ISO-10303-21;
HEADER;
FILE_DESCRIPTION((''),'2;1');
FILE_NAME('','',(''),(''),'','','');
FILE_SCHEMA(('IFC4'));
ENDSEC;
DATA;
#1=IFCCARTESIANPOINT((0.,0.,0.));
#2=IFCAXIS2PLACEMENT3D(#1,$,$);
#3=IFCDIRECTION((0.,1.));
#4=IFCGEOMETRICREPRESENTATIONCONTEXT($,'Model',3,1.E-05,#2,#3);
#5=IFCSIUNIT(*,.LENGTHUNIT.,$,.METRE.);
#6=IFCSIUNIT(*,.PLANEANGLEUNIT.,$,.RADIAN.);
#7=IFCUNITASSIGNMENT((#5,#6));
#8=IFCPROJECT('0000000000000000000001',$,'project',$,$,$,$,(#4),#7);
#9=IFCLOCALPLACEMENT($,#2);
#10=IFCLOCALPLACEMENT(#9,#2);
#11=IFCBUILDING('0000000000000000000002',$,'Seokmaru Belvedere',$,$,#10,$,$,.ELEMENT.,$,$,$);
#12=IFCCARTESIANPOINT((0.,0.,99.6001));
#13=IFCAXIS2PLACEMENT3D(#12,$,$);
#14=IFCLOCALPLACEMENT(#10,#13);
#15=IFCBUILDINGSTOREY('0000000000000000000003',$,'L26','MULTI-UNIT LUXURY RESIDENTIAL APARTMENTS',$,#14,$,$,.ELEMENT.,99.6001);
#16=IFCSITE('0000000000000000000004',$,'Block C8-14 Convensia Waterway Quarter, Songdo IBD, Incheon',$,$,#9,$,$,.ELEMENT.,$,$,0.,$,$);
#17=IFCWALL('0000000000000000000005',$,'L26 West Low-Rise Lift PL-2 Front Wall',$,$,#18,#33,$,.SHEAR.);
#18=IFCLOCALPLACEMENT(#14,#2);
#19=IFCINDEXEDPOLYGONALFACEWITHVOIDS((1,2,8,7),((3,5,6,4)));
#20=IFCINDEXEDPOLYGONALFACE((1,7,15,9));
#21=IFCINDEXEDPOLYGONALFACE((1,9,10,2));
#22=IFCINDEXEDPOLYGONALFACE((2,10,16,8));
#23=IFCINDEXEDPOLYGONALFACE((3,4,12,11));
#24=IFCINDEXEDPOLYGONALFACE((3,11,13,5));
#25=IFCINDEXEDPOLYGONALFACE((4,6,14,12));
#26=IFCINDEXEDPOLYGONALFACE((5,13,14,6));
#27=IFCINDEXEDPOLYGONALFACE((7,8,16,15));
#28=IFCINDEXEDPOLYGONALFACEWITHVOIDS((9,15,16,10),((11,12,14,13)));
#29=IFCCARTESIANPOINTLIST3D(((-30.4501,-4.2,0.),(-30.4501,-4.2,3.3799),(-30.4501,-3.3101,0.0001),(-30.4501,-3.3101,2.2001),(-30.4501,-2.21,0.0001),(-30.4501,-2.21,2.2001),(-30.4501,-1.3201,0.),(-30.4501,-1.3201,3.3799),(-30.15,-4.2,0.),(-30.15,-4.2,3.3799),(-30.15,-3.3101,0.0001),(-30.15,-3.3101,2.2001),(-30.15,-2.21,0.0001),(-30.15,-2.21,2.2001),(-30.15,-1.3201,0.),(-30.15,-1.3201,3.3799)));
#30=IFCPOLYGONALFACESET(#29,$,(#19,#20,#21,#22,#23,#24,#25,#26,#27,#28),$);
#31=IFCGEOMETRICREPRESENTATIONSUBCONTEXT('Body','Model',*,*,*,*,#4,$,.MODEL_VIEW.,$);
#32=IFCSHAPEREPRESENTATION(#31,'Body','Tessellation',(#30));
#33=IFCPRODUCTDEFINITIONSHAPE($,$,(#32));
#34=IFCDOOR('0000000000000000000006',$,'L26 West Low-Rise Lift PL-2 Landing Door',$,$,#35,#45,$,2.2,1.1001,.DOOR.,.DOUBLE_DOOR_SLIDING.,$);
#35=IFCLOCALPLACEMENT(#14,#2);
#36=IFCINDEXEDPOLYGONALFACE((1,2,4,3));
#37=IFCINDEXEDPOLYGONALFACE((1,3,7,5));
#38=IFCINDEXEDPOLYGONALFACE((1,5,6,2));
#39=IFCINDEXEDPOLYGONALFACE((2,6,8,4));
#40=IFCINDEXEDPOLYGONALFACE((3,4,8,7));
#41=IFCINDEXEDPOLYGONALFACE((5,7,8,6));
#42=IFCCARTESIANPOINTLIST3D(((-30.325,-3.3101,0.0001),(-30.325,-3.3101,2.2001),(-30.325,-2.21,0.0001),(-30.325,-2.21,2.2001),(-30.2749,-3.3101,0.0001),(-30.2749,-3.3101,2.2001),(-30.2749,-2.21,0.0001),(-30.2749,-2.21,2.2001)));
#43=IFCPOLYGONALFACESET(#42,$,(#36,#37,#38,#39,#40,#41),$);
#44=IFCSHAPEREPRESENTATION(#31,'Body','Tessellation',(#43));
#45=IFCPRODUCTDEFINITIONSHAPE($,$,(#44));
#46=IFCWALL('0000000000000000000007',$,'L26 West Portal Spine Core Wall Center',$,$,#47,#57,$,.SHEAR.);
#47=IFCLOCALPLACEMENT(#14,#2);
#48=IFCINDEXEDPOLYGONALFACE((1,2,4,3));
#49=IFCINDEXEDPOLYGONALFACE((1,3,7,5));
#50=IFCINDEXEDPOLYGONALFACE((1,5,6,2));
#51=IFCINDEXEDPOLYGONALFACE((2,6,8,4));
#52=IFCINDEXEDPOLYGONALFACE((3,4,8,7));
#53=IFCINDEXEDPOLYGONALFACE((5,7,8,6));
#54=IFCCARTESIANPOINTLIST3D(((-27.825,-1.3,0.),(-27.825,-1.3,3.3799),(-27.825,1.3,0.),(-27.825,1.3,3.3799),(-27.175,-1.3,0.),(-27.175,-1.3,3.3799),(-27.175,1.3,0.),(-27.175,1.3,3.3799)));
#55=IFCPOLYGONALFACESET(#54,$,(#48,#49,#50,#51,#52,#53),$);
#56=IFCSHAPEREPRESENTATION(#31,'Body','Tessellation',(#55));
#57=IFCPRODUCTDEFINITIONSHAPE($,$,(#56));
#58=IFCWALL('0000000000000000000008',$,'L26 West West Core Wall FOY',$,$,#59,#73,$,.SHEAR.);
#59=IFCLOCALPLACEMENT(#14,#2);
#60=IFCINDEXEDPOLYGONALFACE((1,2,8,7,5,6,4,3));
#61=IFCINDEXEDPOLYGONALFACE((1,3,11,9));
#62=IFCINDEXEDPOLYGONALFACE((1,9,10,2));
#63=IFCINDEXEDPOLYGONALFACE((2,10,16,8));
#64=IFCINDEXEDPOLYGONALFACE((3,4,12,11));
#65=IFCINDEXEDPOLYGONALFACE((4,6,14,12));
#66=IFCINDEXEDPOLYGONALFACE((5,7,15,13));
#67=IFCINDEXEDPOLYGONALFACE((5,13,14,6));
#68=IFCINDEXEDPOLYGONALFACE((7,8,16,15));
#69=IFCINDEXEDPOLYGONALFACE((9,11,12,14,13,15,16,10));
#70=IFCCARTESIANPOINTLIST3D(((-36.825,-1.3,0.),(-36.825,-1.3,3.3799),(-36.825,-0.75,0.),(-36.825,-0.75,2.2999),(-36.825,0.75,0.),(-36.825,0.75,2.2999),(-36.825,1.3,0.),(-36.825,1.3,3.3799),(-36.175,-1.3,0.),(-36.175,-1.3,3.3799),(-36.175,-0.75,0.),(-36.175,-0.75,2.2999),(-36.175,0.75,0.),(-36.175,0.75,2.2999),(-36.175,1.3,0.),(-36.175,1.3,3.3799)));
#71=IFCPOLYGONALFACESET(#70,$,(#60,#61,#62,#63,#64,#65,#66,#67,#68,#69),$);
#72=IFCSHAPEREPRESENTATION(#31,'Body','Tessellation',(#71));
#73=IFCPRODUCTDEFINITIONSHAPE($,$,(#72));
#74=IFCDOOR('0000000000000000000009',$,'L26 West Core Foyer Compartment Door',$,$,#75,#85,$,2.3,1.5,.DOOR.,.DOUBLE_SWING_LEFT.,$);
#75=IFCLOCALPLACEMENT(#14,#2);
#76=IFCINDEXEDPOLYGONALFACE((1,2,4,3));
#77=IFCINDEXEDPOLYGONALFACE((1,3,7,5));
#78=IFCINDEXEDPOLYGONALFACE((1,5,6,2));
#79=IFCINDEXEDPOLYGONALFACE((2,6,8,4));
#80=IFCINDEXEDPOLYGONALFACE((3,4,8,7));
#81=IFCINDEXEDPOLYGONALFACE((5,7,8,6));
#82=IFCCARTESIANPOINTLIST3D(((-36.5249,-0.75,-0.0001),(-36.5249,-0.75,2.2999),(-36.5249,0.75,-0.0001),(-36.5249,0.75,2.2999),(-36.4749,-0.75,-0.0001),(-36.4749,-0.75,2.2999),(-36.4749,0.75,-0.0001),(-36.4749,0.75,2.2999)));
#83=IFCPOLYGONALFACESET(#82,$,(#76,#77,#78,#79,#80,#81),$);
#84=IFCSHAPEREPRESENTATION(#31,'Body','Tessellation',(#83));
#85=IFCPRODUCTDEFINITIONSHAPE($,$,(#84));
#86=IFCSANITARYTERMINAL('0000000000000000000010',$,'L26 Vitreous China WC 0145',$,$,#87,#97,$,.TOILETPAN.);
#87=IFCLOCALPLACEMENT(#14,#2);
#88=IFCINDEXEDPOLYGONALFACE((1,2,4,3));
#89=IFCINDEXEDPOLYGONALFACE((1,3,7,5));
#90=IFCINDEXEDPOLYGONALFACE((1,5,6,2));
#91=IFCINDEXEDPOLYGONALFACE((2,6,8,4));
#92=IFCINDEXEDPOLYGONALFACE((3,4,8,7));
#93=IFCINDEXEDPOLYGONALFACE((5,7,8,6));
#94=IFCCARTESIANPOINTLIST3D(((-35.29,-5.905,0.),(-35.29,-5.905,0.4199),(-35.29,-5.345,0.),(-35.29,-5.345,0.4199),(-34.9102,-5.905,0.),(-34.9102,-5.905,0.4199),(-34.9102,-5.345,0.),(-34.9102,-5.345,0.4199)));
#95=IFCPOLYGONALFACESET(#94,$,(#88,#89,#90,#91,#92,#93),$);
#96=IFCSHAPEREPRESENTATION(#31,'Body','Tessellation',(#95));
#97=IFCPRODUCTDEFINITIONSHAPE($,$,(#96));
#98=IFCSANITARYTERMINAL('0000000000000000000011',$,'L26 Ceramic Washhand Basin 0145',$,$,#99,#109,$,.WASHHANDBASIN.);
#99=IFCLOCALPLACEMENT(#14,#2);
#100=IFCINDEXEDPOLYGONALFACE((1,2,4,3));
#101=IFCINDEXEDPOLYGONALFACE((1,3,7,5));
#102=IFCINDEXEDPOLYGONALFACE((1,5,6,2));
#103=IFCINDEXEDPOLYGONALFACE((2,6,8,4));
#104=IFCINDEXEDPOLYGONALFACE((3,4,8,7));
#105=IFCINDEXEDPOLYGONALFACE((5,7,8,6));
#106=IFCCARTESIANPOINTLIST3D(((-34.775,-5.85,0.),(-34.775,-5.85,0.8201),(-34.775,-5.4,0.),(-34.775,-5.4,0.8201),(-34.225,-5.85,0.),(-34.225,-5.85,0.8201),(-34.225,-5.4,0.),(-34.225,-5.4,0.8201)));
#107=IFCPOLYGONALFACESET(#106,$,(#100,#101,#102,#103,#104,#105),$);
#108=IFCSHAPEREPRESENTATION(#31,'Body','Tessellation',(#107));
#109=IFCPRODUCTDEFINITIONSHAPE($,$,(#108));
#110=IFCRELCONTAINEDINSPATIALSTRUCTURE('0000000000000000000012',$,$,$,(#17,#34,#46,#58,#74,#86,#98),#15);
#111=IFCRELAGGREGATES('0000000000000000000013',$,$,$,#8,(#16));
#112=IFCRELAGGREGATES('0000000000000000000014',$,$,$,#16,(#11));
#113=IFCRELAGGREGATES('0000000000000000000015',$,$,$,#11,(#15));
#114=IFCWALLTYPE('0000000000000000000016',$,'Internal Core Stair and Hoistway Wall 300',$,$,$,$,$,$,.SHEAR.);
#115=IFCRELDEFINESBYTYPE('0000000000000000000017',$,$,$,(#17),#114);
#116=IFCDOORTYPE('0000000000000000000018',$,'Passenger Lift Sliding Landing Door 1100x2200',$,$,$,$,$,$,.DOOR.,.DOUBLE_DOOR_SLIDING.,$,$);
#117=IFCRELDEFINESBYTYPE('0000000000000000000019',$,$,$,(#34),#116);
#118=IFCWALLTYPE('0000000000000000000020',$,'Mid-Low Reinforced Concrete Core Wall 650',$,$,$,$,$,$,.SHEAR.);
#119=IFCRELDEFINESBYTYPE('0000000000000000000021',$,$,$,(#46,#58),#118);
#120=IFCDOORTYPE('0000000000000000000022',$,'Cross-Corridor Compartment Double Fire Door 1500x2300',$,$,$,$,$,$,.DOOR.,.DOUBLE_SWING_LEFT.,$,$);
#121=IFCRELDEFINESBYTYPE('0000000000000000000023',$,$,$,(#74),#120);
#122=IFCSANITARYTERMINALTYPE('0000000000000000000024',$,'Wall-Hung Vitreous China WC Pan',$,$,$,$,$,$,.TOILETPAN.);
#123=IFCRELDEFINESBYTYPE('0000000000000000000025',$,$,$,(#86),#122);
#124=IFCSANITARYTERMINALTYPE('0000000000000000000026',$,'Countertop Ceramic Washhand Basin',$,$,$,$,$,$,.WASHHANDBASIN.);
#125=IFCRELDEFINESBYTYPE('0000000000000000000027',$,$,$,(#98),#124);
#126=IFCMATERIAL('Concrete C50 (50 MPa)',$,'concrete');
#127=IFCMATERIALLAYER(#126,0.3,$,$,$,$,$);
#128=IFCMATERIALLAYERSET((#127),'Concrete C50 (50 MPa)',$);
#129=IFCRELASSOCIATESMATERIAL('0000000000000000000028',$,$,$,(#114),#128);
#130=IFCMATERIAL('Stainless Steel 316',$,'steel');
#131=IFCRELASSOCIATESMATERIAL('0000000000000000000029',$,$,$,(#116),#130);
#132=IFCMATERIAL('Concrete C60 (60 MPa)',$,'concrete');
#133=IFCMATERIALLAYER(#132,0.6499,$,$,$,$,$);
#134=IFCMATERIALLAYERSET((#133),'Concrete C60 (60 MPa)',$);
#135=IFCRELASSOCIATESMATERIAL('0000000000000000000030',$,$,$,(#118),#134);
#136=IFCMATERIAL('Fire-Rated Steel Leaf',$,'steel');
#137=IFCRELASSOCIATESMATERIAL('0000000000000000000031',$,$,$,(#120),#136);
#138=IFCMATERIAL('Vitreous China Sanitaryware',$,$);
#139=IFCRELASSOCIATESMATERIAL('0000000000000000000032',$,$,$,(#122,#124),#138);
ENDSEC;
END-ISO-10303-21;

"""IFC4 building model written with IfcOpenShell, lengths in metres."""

from ifc_helpers import new_model, si_unit, direction, frame, frame_2d, origin, origin_2d, place, context, subcontext, project, spatial, rectangle, extrude, source, transform, mapped, material, layer, layer_set, type_object, type_shapes, element, fill, save


model = new_model("IFC4")

# Units and contexts
model_context = context("Model", 3, precision=1e-05, world=origin(), true_north=direction((0.0, 1.0)))
body_context = subcontext(model_context, "Body", "Model", "MODEL_VIEW")
ifc_project = project(units=[si_unit("LENGTHUNIT", "METRE"), si_unit("PLANEANGLEUNIT", "RADIAN")], contexts=[model_context])

# Site, building, storey
site_placement = place(None, origin())
site = spatial("IfcSite", under=ifc_project, at=site_placement, Name="Block C8-14 Convensia Waterway Quarter, Songdo IBD, Incheon", CompositionType="ELEMENT", RefElevation=0.0)
building_placement = place(site_placement, origin())
building = spatial("IfcBuilding", under=site, at=building_placement, Name="Seokmaru Belvedere", CompositionType="ELEMENT")
storey_placement = place(building_placement, frame((0.0, 0.0, 99.6001)))
storey = spatial("IfcBuildingStorey", under=building, at=storey_placement, Name="L26", Description="MULTI-UNIT LUXURY RESIDENTIAL APARTMENTS", CompositionType="ELEMENT", Elevation=99.6001)

# Shared definitions
ifc_material_1 = material(Name="Fire-Rated Steel Leaf", Category="steel")

# Shared definitions
ifc_material_2 = material(Name="Concrete C50 (50 MPa)", Category="concrete")

# Wall, opening, door
ifc_layer_1 = layer(ifc_material_2, 0.3)
ifc_layer_set_1 = layer_set([ifc_layer_1], Name="Concrete C50 (50 MPa)")
wall_type_1 = type_object("IfcWallType", Name="Internal Core Stair and Hoistway Wall 300", PredefinedType="SHEAR", material=ifc_layer_set_1)
wall_1_placement = place(storey_placement, frame((-30.3, -4.2, 0.0), z_axis=(0.0, 0.0, 1.0), x_axis=(0.0, 1.0, 0.0)))
wall_1 = element("IfcWall", 1, at=wall_1_placement, inside=storey, type_object=wall_type_1, Name="L26 West Low-Rise Lift PL-2 Front Wall", PredefinedType="SHEAR", context=body_context, shape_type="SweptSolid", body=[
    extrude(rectangle(XDim=2.8799, YDim=0.3, at=frame_2d((1.4399, 0.0))), origin(), (0.0, 0.0, 1.0), 3.3799),
])
opening_1_placement = place(wall_1_placement, frame((0.8899, 0.0, 0.0)))
opening_1 = element("IfcOpeningElement", 2, at=opening_1_placement, cuts=wall_1, PredefinedType="OPENING", context=body_context, shape_type="SweptSolid", body=[
    extrude(rectangle(XDim=1.1001, YDim=2.2, at=frame_2d((0.55, 1.1001))), frame((0.0, 0.1602, 0.0), z_axis=(0.0, -1.0, 0.0), x_axis=(1.0, 0.0, 0.0)), (0.0, 0.0, 1.0), 0.3201),
])
ifc_material_3 = material(Name="Stainless Steel 316", Category="steel")
door_type_1 = type_object("IfcDoorType", Name="Passenger Lift Sliding Landing Door 1100x2200", OperationType="DOUBLE_DOOR_SLIDING", PredefinedType="DOOR", material=ifc_material_3)
shared_shape_1 = source(origin(), body_context, "Body", "SweptSolid", [
    extrude(rectangle(XDim=1.1001, YDim=2.2, at=frame_2d((0.55, 1.1001))), frame((0.0, 0.0249, 0.0), z_axis=(0.0, -1.0, 0.0), x_axis=(1.0, 0.0, 0.0)), (0.0, 0.0, 1.0), 0.05),
])
type_shapes(door_type_1, [shared_shape_1])
door_1_placement = place(opening_1_placement, origin())
door_1 = element("IfcDoor", 3, at=door_1_placement, inside=storey, type_object=door_type_1, Name="L26 West Low-Rise Lift PL-2 Landing Door", OperationType="DOUBLE_DOOR_SLIDING", OverallHeight=2.2, OverallWidth=1.1001, PredefinedType="DOOR", context=body_context, shape_type="MappedRepresentation", body=[
    mapped(shared_shape_1, transform((0.0, 0.0, 0.0), scale=1.0)),
])
fill(opening_1, door_1)

# Wall
ifc_material_4 = material(Name="Concrete C60 (60 MPa)", Category="concrete")
ifc_layer_2 = layer(ifc_material_4, 0.6499)
ifc_layer_set_2 = layer_set([ifc_layer_2], Name="Concrete C60 (60 MPa)")
wall_type_2 = type_object("IfcWallType", Name="Mid-Low Reinforced Concrete Core Wall 650", PredefinedType="SHEAR", material=ifc_layer_set_2)
wall_2_placement = place(storey_placement, frame((-27.5, -1.3, 0.0), z_axis=(0.0, 0.0, 1.0), x_axis=(0.0, 1.0, 0.0)))
element("IfcWall", 4, at=wall_2_placement, inside=storey, type_object=wall_type_2, Name="L26 West Portal Spine Core Wall Center", PredefinedType="SHEAR", context=body_context, shape_type="SweptSolid", body=[
    extrude(rectangle(XDim=2.6001, YDim=0.6499, at=frame_2d((1.3, 0.0))), origin(), (0.0, 0.0, 1.0), 3.3799),
])

# Wall, opening, door
wall_3_placement = place(storey_placement, frame((-36.5, -1.3, 0.0), z_axis=(0.0, 0.0, 1.0), x_axis=(0.0, 1.0, 0.0)))
wall_3 = element("IfcWall", 5, at=wall_3_placement, inside=storey, type_object=wall_type_2, Name="L26 West West Core Wall FOY", PredefinedType="SHEAR", context=body_context, shape_type="SweptSolid", body=[
    extrude(rectangle(XDim=2.6001, YDim=0.6499, at=frame_2d((1.3, 0.0))), origin(), (0.0, 0.0, 1.0), 3.3799),
])
opening_2_placement = place(wall_3_placement, frame((0.55, 0.0, 0.0)))
opening_2 = element("IfcOpeningElement", 6, at=opening_2_placement, cuts=wall_3, PredefinedType="OPENING", context=body_context, shape_type="SweptSolid", body=[
    extrude(rectangle(XDim=1.5, YDim=2.3, at=frame_2d((0.75, 1.1499))), frame((0.0, 0.335, 0.0), z_axis=(0.0, -1.0, 0.0), x_axis=(1.0, 0.0, 0.0)), (0.0, 0.0, 1.0), 0.6699),
])
door_type_2 = type_object("IfcDoorType", Name="Cross-Corridor Compartment Double Fire Door 1500x2300", OperationType="DOUBLE_SWING_LEFT", PredefinedType="DOOR", material=ifc_material_1)
shared_shape_2 = source(origin(), body_context, "Body", "SweptSolid", [
    extrude(rectangle(XDim=1.5, YDim=2.3, at=frame_2d((0.75, 1.1499))), frame((0.0, 0.0249, 0.0), z_axis=(0.0, -1.0, 0.0), x_axis=(1.0, 0.0, 0.0)), (0.0, 0.0, 1.0), 0.05),
])
type_shapes(door_type_2, [shared_shape_2])
door_2_placement = place(opening_2_placement, origin())
door_2 = element("IfcDoor", 7, at=door_2_placement, inside=storey, type_object=door_type_2, Name="L26 West Core Foyer Compartment Door", OperationType="DOUBLE_SWING_LEFT", OverallHeight=2.3, OverallWidth=1.5, PredefinedType="DOOR", context=body_context, shape_type="MappedRepresentation", body=[
    mapped(shared_shape_2, transform((0.0, 0.0, 0.0), scale=1.0)),
])
fill(opening_2, door_2)

# Sanitary terminals
ifc_material_5 = material(Name="Vitreous China Sanitaryware")
sanitary_terminal_type_1 = type_object("IfcSanitaryTerminalType", Name="Wall-Hung Vitreous China WC Pan", PredefinedType="TOILETPAN", material=ifc_material_5)
shared_shape_3 = source(origin(), body_context, "Body", "SweptSolid", [
    extrude(rectangle(XDim=0.3799, YDim=0.5601, at=origin_2d()), origin(), (0.0, 0.0, 1.0), 0.4199),
])
type_shapes(sanitary_terminal_type_1, [shared_shape_3])
sanitary_terminal_1_placement = place(storey_placement, frame((-35.1001, -5.625, 0.0), z_axis=(0.0, 0.0, 1.0), x_axis=(1.0, 0.0, 0.0)))
element("IfcSanitaryTerminal", 8, at=sanitary_terminal_1_placement, inside=storey, type_object=sanitary_terminal_type_1, Name="L26 Vitreous China WC 0145", PredefinedType="TOILETPAN", context=body_context, shape_type="MappedRepresentation", body=[
    mapped(shared_shape_3, transform((0.0, 0.0, 0.0), scale=1.0)),
])
sanitary_terminal_type_2 = type_object("IfcSanitaryTerminalType", Name="Countertop Ceramic Washhand Basin", PredefinedType="WASHHANDBASIN", material=ifc_material_5)
shared_shape_4 = source(origin(), body_context, "Body", "SweptSolid", [
    extrude(rectangle(XDim=0.55, YDim=0.45, at=origin_2d()), origin(), (0.0, 0.0, 1.0), 0.8201),
])
type_shapes(sanitary_terminal_type_2, [shared_shape_4])
sanitary_terminal_2_placement = place(storey_placement, frame((-34.5, -5.625, 0.0), z_axis=(0.0, 0.0, 1.0), x_axis=(1.0, 0.0, 0.0)))
element("IfcSanitaryTerminal", 9, at=sanitary_terminal_2_placement, inside=storey, type_object=sanitary_terminal_type_2, Name="L26 Ceramic Washhand Basin 0145", PredefinedType="WASHHANDBASIN", context=body_context, shape_type="MappedRepresentation", body=[
    mapped(shared_shape_4, transform((0.0, 0.0, 0.0), scale=1.0)),
])

save(model, "model.ifc")
